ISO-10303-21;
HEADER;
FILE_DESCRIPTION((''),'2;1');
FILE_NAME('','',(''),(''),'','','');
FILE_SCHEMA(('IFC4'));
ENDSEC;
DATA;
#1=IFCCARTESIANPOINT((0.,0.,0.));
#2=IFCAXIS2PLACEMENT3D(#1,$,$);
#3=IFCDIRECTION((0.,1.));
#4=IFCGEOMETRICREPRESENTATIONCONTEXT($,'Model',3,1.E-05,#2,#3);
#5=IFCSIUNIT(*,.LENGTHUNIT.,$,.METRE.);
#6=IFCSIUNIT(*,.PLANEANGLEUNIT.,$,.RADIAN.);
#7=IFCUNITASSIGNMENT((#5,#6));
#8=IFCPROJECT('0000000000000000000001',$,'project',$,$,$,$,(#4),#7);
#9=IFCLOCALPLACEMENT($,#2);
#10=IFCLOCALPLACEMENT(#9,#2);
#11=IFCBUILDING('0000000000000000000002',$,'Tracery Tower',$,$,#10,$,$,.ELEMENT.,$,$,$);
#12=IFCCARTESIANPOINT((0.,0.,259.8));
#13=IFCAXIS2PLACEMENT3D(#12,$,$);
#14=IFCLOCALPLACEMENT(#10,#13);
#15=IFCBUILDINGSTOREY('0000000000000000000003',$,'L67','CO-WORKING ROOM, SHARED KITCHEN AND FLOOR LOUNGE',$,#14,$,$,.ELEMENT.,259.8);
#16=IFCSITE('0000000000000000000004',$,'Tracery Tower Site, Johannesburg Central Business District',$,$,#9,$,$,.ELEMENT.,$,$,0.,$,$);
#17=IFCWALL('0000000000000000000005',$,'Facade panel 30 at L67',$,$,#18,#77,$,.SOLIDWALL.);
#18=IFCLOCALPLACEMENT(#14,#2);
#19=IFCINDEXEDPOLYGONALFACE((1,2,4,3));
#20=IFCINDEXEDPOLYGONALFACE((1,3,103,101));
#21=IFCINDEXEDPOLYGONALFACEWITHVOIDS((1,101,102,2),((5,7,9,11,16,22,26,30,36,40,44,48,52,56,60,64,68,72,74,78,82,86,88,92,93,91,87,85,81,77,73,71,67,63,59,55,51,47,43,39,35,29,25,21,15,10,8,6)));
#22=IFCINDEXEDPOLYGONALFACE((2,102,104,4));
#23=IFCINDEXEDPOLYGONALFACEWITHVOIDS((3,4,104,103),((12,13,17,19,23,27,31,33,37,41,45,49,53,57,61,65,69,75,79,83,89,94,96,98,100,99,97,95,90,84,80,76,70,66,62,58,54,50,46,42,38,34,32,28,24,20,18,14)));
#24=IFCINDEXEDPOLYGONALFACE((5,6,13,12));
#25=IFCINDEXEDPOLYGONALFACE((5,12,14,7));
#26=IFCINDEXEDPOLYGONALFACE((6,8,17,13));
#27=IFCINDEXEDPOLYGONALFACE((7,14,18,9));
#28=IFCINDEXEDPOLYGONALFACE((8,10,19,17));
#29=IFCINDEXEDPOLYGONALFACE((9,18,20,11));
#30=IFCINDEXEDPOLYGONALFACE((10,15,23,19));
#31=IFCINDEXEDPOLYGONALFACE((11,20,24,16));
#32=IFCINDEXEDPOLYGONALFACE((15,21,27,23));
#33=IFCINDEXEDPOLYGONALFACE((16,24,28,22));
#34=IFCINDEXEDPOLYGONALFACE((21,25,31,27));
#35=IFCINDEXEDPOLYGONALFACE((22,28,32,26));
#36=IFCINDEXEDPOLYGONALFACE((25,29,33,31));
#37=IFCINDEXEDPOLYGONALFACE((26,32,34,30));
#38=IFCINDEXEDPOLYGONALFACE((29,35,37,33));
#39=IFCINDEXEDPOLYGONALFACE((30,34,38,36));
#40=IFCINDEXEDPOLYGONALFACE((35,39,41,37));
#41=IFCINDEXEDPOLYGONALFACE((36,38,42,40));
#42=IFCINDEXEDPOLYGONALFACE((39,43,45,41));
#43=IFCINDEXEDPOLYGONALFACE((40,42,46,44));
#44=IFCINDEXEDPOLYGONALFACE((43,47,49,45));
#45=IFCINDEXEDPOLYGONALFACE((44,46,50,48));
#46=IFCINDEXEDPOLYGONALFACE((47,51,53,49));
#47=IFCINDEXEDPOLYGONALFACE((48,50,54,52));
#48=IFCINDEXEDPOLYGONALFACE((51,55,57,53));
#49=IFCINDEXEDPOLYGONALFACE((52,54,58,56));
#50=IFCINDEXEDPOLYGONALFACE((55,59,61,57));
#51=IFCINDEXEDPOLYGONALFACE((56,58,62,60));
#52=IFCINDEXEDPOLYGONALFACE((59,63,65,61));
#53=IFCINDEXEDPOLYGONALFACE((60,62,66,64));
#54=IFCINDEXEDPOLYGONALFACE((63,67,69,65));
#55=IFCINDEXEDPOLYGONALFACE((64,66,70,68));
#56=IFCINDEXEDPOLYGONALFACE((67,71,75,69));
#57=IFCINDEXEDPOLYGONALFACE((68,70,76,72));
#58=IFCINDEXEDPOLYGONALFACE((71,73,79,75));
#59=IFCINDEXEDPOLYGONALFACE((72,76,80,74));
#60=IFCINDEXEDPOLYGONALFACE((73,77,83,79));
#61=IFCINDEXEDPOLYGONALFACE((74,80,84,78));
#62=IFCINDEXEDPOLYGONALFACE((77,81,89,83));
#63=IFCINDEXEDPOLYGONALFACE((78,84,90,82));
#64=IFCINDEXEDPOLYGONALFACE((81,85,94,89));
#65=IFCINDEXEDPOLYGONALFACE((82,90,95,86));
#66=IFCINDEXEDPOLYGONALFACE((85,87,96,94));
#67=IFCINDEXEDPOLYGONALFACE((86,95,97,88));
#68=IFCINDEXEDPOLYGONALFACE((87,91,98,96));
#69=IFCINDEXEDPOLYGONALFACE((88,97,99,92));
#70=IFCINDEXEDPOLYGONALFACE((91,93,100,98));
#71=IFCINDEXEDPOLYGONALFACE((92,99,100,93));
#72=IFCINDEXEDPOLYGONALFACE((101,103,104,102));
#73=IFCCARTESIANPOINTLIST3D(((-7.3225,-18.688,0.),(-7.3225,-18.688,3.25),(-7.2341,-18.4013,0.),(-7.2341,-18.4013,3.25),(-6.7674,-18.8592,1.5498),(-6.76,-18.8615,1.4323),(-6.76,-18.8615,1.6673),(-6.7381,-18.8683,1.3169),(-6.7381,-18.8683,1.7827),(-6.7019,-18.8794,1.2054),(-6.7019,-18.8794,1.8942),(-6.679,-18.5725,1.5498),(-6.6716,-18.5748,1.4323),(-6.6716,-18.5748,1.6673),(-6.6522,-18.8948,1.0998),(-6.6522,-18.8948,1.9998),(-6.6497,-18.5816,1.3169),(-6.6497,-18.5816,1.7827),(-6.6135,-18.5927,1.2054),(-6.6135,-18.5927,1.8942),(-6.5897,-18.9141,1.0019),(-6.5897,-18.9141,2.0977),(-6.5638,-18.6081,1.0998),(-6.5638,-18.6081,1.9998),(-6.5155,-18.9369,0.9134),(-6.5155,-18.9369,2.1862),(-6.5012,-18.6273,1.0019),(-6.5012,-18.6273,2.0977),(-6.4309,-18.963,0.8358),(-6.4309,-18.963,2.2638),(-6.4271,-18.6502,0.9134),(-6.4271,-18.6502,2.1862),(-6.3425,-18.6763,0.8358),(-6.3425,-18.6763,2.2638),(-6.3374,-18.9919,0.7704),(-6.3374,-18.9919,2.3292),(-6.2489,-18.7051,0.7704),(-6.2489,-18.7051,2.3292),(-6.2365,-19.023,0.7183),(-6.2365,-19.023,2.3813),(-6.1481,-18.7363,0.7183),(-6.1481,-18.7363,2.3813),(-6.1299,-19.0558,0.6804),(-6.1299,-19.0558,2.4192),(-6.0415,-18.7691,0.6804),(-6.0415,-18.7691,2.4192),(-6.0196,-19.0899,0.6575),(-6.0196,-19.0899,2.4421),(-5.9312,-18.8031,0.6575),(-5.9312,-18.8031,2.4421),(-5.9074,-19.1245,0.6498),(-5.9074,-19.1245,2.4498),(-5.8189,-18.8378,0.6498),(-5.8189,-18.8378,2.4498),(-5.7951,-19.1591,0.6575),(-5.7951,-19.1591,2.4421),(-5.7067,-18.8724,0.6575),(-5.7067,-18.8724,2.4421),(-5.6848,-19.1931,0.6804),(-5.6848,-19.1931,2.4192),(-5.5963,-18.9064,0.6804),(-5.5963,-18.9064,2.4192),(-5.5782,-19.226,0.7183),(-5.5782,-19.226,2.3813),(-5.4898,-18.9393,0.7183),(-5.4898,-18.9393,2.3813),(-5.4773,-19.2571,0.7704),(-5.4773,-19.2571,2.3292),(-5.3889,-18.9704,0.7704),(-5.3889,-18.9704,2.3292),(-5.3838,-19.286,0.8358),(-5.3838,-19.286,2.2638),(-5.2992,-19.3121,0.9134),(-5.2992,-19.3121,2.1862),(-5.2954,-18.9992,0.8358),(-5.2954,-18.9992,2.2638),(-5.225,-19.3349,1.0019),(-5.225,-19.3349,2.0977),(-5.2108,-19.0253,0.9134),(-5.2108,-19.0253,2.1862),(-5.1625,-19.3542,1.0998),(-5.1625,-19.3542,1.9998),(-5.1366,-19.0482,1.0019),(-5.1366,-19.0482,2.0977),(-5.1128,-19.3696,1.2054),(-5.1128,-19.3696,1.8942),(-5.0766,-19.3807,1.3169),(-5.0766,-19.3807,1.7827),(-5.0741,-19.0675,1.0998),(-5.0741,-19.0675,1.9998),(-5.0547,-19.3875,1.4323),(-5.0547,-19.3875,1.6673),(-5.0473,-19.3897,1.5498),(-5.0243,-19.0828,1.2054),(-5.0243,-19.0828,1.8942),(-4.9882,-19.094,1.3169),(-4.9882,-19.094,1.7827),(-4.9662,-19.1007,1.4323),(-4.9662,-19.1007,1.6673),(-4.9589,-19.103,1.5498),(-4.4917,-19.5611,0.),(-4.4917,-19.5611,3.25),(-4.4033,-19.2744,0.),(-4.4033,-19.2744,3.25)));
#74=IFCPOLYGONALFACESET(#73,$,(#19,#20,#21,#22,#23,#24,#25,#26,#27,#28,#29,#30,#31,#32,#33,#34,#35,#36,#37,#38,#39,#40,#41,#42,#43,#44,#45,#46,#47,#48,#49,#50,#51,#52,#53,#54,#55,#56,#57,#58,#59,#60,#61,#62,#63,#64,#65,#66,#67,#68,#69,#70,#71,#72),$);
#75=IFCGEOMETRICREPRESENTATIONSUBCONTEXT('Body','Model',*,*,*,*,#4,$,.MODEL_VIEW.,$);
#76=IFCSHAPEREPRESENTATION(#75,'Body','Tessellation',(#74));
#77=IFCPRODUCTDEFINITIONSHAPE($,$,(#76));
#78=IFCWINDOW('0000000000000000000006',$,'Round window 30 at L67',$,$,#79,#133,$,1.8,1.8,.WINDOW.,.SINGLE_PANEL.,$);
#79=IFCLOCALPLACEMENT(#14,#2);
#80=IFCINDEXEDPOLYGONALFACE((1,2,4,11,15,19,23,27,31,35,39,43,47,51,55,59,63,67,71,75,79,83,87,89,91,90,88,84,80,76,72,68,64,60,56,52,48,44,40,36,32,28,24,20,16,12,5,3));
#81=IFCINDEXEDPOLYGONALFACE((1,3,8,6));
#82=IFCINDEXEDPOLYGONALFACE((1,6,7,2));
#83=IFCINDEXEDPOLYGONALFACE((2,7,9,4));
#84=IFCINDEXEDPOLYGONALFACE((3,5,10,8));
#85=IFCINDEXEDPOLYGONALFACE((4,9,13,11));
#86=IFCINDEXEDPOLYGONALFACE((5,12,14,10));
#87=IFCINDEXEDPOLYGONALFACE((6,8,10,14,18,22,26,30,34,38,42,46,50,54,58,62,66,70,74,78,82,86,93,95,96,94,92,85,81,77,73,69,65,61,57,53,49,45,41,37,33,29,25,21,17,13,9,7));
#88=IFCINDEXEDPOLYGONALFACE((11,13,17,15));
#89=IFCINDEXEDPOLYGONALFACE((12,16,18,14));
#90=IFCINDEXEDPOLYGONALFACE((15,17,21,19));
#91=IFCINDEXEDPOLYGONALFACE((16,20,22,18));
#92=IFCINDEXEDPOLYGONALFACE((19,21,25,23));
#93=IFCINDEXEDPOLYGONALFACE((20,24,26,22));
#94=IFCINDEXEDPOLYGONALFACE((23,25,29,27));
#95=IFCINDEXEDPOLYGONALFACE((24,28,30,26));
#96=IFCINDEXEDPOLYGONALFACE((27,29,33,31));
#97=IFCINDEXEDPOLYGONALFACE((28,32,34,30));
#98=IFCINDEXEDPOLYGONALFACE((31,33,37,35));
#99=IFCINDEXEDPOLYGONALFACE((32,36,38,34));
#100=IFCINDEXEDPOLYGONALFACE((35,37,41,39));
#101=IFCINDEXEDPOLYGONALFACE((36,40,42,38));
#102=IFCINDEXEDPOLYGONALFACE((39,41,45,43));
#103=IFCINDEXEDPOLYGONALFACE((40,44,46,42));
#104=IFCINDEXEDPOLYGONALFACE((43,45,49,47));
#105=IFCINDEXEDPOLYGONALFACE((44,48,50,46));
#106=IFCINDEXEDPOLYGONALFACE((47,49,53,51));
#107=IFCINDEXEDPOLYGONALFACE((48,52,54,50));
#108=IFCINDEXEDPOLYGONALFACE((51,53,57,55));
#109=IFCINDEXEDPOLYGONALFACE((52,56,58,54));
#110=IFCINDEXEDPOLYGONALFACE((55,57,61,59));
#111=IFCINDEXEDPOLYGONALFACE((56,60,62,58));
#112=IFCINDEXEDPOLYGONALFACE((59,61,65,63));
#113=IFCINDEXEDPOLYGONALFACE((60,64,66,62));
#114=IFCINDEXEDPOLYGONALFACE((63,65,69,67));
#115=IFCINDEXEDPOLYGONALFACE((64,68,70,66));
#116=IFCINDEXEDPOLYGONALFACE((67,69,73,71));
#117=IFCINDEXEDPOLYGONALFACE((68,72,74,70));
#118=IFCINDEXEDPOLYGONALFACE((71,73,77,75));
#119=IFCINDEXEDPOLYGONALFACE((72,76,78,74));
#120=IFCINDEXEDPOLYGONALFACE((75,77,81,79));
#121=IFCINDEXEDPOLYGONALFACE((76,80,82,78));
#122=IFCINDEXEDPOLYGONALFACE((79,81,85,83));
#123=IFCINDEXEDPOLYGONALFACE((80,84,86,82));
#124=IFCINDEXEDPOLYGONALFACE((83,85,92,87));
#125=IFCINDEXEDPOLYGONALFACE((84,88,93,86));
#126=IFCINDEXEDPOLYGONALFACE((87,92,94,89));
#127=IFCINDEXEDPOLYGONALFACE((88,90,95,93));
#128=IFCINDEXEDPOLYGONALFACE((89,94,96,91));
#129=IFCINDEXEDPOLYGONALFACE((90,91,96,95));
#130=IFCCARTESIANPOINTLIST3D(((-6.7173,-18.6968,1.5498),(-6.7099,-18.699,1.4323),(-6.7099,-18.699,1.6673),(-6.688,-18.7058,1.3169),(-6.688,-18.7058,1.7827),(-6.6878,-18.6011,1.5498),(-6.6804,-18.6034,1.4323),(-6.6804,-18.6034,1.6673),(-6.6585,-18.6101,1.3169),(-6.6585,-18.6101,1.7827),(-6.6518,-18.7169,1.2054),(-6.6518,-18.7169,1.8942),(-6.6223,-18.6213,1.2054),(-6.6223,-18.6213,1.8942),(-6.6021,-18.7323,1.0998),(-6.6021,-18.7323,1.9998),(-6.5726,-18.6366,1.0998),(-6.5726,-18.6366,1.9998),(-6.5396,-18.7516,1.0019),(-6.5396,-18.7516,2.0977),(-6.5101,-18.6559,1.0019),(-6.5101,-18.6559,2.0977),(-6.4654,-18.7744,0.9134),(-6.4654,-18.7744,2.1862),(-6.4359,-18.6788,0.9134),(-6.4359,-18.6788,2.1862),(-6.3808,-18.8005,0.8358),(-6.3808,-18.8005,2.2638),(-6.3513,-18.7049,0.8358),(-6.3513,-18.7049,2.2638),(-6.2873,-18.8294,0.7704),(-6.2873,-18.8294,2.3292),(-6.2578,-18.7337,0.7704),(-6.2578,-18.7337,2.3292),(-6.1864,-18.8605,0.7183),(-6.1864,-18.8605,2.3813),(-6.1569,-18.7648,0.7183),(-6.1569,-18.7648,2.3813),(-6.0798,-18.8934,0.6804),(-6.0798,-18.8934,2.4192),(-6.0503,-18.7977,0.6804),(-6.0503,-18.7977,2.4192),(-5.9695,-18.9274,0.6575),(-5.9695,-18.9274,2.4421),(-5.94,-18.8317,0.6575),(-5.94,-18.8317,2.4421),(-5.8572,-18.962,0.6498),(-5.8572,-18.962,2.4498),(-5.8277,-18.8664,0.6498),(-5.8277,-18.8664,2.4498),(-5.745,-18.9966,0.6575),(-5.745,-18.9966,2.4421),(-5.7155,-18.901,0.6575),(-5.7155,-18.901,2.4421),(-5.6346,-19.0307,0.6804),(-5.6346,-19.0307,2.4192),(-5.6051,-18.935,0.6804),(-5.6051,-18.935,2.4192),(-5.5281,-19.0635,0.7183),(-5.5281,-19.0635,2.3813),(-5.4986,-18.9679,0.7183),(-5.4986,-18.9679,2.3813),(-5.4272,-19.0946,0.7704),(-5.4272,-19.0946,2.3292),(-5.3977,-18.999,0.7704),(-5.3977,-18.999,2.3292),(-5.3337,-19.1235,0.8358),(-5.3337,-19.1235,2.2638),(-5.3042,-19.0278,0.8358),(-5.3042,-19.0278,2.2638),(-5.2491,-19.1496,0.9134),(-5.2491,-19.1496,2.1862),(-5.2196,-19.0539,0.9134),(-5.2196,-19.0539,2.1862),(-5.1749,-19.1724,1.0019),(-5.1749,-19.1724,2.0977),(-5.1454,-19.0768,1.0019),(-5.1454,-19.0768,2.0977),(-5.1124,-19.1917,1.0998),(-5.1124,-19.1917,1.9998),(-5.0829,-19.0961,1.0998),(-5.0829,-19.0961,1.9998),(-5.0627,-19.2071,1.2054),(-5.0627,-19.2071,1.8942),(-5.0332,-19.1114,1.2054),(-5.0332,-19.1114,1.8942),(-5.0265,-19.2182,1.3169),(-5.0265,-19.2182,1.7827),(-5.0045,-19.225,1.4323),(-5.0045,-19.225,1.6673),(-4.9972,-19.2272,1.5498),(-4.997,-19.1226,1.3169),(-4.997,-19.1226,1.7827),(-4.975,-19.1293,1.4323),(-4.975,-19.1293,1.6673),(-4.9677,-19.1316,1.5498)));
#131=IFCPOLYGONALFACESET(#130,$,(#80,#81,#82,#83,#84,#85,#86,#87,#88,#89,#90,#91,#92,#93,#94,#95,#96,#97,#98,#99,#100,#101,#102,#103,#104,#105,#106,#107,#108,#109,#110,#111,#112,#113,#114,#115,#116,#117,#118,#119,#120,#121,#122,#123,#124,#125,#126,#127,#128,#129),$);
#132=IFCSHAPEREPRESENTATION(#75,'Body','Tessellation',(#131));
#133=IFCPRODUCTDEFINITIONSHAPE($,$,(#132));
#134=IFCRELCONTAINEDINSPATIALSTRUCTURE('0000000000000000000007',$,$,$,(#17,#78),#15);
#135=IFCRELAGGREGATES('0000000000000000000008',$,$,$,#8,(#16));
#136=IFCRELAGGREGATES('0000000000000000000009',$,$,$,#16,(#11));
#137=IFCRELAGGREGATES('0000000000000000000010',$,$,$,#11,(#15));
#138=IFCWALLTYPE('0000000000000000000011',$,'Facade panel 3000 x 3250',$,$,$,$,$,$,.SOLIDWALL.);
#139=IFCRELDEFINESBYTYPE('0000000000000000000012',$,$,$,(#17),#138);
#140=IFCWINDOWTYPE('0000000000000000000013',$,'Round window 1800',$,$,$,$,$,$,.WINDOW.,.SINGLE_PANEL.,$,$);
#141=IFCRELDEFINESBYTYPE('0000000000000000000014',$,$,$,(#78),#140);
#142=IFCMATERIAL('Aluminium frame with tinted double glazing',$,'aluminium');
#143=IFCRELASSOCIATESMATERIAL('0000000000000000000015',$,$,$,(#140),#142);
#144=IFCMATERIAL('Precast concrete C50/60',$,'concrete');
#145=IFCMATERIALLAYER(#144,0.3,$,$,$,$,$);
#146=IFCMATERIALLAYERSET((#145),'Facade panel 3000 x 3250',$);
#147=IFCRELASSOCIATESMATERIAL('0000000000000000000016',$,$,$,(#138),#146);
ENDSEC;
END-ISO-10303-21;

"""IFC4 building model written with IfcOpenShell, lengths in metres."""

from ifc_helpers import new_model, si_unit, direction, frame, frame_2d, origin, origin_2d, place, context, subcontext, project, spatial, rectangle, circle, extrude, material, layer, layer_set, type_object, element, fill, save


model = new_model("IFC4")

# Units and contexts
model_context = context("Model", 3, precision=1e-05, world=origin(), true_north=direction((0.0, 1.0)))
body_context = subcontext(model_context, "Body", "Model", "MODEL_VIEW")
ifc_project = project(units=[si_unit("LENGTHUNIT", "METRE"), si_unit("PLANEANGLEUNIT", "RADIAN")], contexts=[model_context])

# Site, building, storey
site_placement = place(None, origin())
site = spatial("IfcSite", under=ifc_project, at=site_placement, Name="Tracery Tower Site, Johannesburg Central Business District", CompositionType="ELEMENT", RefElevation=0.0)
building_placement = place(site_placement, origin())
building = spatial("IfcBuilding", under=site, at=building_placement, Name="Tracery Tower", CompositionType="ELEMENT")
storey_placement = place(building_placement, frame((0.0, 0.0, 259.8)))
storey = spatial("IfcBuildingStorey", under=building, at=storey_placement, Name="L67", Description="CO-WORKING ROOM, SHARED KITCHEN AND FLOOR LOUNGE", CompositionType="ELEMENT", Elevation=259.8)

# Wall, opening, window
ifc_material_1 = material(Name="Aluminium frame with tinted double glazing", Category="aluminium")
window_type = type_object("IfcWindowType", Name="Round window 1800", PartitioningType="SINGLE_PANEL", PredefinedType="WINDOW", material=ifc_material_1)
ifc_material_2 = material(Name="Precast concrete C50/60", Category="concrete")
ifc_layer_1 = layer(ifc_material_2, 0.3)
ifc_layer_set_1 = layer_set([ifc_layer_1], Name="Facade panel 3000 x 3250")
wall_type_1 = type_object("IfcWallType", Name="Facade panel 3000 x 3250", PredefinedType="SOLIDWALL", material=ifc_layer_set_1)
wall_1_placement = place(storey_placement, frame((-7.2783, -18.5447, 0.0), z_axis=(0.0, 0.0, 1.0), x_axis=(0.955586, -0.294711, 0.0)))
wall_1 = element("IfcWall", 1, at=wall_1_placement, inside=storey, type_object=wall_type_1, Name="Facade panel 30 at L67", PredefinedType="SOLIDWALL", context=body_context, shape_type="SweptSolid", body=[
    extrude(rectangle(XDim=2.9624, YDim=0.3, at=frame_2d((1.4812, 0.0))), origin(), (0.0, 0.0, 1.0), 3.25),
])
opening_1_placement = place(wall_1_placement, frame((1.481, 0.0, 1.5498)))
opening_1 = element("IfcOpeningElement", 2, at=opening_1_placement, cuts=wall_1, PredefinedType="OPENING", context=body_context, shape_type="SweptSolid", body=[
    extrude(circle(Radius=0.9, at=origin_2d()), frame((0.0, 0.1599, 0.0), z_axis=(0.0, -1.0, 0.0), x_axis=(1.0, 0.0, 0.0)), (0.0, 0.0, 1.0), 0.3201),
])
window_1_placement = place(opening_1_placement, origin())
window_1 = element("IfcWindow", 3, at=window_1_placement, inside=storey, type_object=window_type, Name="Round window 30 at L67", OverallHeight=1.8, OverallWidth=1.8, PartitioningType="SINGLE_PANEL", PredefinedType="WINDOW", context=body_context, shape_type="SweptSolid", body=[
    extrude(circle(Radius=0.9, at=origin_2d()), frame((0.0, 0.1201, 0.0), z_axis=(0.0, -1.0, 0.0), x_axis=(1.0, 0.0, 0.0)), (0.0, 0.0, 1.0), 0.1001),
])
fill(opening_1, window_1)

save(model, "model.ifc")
